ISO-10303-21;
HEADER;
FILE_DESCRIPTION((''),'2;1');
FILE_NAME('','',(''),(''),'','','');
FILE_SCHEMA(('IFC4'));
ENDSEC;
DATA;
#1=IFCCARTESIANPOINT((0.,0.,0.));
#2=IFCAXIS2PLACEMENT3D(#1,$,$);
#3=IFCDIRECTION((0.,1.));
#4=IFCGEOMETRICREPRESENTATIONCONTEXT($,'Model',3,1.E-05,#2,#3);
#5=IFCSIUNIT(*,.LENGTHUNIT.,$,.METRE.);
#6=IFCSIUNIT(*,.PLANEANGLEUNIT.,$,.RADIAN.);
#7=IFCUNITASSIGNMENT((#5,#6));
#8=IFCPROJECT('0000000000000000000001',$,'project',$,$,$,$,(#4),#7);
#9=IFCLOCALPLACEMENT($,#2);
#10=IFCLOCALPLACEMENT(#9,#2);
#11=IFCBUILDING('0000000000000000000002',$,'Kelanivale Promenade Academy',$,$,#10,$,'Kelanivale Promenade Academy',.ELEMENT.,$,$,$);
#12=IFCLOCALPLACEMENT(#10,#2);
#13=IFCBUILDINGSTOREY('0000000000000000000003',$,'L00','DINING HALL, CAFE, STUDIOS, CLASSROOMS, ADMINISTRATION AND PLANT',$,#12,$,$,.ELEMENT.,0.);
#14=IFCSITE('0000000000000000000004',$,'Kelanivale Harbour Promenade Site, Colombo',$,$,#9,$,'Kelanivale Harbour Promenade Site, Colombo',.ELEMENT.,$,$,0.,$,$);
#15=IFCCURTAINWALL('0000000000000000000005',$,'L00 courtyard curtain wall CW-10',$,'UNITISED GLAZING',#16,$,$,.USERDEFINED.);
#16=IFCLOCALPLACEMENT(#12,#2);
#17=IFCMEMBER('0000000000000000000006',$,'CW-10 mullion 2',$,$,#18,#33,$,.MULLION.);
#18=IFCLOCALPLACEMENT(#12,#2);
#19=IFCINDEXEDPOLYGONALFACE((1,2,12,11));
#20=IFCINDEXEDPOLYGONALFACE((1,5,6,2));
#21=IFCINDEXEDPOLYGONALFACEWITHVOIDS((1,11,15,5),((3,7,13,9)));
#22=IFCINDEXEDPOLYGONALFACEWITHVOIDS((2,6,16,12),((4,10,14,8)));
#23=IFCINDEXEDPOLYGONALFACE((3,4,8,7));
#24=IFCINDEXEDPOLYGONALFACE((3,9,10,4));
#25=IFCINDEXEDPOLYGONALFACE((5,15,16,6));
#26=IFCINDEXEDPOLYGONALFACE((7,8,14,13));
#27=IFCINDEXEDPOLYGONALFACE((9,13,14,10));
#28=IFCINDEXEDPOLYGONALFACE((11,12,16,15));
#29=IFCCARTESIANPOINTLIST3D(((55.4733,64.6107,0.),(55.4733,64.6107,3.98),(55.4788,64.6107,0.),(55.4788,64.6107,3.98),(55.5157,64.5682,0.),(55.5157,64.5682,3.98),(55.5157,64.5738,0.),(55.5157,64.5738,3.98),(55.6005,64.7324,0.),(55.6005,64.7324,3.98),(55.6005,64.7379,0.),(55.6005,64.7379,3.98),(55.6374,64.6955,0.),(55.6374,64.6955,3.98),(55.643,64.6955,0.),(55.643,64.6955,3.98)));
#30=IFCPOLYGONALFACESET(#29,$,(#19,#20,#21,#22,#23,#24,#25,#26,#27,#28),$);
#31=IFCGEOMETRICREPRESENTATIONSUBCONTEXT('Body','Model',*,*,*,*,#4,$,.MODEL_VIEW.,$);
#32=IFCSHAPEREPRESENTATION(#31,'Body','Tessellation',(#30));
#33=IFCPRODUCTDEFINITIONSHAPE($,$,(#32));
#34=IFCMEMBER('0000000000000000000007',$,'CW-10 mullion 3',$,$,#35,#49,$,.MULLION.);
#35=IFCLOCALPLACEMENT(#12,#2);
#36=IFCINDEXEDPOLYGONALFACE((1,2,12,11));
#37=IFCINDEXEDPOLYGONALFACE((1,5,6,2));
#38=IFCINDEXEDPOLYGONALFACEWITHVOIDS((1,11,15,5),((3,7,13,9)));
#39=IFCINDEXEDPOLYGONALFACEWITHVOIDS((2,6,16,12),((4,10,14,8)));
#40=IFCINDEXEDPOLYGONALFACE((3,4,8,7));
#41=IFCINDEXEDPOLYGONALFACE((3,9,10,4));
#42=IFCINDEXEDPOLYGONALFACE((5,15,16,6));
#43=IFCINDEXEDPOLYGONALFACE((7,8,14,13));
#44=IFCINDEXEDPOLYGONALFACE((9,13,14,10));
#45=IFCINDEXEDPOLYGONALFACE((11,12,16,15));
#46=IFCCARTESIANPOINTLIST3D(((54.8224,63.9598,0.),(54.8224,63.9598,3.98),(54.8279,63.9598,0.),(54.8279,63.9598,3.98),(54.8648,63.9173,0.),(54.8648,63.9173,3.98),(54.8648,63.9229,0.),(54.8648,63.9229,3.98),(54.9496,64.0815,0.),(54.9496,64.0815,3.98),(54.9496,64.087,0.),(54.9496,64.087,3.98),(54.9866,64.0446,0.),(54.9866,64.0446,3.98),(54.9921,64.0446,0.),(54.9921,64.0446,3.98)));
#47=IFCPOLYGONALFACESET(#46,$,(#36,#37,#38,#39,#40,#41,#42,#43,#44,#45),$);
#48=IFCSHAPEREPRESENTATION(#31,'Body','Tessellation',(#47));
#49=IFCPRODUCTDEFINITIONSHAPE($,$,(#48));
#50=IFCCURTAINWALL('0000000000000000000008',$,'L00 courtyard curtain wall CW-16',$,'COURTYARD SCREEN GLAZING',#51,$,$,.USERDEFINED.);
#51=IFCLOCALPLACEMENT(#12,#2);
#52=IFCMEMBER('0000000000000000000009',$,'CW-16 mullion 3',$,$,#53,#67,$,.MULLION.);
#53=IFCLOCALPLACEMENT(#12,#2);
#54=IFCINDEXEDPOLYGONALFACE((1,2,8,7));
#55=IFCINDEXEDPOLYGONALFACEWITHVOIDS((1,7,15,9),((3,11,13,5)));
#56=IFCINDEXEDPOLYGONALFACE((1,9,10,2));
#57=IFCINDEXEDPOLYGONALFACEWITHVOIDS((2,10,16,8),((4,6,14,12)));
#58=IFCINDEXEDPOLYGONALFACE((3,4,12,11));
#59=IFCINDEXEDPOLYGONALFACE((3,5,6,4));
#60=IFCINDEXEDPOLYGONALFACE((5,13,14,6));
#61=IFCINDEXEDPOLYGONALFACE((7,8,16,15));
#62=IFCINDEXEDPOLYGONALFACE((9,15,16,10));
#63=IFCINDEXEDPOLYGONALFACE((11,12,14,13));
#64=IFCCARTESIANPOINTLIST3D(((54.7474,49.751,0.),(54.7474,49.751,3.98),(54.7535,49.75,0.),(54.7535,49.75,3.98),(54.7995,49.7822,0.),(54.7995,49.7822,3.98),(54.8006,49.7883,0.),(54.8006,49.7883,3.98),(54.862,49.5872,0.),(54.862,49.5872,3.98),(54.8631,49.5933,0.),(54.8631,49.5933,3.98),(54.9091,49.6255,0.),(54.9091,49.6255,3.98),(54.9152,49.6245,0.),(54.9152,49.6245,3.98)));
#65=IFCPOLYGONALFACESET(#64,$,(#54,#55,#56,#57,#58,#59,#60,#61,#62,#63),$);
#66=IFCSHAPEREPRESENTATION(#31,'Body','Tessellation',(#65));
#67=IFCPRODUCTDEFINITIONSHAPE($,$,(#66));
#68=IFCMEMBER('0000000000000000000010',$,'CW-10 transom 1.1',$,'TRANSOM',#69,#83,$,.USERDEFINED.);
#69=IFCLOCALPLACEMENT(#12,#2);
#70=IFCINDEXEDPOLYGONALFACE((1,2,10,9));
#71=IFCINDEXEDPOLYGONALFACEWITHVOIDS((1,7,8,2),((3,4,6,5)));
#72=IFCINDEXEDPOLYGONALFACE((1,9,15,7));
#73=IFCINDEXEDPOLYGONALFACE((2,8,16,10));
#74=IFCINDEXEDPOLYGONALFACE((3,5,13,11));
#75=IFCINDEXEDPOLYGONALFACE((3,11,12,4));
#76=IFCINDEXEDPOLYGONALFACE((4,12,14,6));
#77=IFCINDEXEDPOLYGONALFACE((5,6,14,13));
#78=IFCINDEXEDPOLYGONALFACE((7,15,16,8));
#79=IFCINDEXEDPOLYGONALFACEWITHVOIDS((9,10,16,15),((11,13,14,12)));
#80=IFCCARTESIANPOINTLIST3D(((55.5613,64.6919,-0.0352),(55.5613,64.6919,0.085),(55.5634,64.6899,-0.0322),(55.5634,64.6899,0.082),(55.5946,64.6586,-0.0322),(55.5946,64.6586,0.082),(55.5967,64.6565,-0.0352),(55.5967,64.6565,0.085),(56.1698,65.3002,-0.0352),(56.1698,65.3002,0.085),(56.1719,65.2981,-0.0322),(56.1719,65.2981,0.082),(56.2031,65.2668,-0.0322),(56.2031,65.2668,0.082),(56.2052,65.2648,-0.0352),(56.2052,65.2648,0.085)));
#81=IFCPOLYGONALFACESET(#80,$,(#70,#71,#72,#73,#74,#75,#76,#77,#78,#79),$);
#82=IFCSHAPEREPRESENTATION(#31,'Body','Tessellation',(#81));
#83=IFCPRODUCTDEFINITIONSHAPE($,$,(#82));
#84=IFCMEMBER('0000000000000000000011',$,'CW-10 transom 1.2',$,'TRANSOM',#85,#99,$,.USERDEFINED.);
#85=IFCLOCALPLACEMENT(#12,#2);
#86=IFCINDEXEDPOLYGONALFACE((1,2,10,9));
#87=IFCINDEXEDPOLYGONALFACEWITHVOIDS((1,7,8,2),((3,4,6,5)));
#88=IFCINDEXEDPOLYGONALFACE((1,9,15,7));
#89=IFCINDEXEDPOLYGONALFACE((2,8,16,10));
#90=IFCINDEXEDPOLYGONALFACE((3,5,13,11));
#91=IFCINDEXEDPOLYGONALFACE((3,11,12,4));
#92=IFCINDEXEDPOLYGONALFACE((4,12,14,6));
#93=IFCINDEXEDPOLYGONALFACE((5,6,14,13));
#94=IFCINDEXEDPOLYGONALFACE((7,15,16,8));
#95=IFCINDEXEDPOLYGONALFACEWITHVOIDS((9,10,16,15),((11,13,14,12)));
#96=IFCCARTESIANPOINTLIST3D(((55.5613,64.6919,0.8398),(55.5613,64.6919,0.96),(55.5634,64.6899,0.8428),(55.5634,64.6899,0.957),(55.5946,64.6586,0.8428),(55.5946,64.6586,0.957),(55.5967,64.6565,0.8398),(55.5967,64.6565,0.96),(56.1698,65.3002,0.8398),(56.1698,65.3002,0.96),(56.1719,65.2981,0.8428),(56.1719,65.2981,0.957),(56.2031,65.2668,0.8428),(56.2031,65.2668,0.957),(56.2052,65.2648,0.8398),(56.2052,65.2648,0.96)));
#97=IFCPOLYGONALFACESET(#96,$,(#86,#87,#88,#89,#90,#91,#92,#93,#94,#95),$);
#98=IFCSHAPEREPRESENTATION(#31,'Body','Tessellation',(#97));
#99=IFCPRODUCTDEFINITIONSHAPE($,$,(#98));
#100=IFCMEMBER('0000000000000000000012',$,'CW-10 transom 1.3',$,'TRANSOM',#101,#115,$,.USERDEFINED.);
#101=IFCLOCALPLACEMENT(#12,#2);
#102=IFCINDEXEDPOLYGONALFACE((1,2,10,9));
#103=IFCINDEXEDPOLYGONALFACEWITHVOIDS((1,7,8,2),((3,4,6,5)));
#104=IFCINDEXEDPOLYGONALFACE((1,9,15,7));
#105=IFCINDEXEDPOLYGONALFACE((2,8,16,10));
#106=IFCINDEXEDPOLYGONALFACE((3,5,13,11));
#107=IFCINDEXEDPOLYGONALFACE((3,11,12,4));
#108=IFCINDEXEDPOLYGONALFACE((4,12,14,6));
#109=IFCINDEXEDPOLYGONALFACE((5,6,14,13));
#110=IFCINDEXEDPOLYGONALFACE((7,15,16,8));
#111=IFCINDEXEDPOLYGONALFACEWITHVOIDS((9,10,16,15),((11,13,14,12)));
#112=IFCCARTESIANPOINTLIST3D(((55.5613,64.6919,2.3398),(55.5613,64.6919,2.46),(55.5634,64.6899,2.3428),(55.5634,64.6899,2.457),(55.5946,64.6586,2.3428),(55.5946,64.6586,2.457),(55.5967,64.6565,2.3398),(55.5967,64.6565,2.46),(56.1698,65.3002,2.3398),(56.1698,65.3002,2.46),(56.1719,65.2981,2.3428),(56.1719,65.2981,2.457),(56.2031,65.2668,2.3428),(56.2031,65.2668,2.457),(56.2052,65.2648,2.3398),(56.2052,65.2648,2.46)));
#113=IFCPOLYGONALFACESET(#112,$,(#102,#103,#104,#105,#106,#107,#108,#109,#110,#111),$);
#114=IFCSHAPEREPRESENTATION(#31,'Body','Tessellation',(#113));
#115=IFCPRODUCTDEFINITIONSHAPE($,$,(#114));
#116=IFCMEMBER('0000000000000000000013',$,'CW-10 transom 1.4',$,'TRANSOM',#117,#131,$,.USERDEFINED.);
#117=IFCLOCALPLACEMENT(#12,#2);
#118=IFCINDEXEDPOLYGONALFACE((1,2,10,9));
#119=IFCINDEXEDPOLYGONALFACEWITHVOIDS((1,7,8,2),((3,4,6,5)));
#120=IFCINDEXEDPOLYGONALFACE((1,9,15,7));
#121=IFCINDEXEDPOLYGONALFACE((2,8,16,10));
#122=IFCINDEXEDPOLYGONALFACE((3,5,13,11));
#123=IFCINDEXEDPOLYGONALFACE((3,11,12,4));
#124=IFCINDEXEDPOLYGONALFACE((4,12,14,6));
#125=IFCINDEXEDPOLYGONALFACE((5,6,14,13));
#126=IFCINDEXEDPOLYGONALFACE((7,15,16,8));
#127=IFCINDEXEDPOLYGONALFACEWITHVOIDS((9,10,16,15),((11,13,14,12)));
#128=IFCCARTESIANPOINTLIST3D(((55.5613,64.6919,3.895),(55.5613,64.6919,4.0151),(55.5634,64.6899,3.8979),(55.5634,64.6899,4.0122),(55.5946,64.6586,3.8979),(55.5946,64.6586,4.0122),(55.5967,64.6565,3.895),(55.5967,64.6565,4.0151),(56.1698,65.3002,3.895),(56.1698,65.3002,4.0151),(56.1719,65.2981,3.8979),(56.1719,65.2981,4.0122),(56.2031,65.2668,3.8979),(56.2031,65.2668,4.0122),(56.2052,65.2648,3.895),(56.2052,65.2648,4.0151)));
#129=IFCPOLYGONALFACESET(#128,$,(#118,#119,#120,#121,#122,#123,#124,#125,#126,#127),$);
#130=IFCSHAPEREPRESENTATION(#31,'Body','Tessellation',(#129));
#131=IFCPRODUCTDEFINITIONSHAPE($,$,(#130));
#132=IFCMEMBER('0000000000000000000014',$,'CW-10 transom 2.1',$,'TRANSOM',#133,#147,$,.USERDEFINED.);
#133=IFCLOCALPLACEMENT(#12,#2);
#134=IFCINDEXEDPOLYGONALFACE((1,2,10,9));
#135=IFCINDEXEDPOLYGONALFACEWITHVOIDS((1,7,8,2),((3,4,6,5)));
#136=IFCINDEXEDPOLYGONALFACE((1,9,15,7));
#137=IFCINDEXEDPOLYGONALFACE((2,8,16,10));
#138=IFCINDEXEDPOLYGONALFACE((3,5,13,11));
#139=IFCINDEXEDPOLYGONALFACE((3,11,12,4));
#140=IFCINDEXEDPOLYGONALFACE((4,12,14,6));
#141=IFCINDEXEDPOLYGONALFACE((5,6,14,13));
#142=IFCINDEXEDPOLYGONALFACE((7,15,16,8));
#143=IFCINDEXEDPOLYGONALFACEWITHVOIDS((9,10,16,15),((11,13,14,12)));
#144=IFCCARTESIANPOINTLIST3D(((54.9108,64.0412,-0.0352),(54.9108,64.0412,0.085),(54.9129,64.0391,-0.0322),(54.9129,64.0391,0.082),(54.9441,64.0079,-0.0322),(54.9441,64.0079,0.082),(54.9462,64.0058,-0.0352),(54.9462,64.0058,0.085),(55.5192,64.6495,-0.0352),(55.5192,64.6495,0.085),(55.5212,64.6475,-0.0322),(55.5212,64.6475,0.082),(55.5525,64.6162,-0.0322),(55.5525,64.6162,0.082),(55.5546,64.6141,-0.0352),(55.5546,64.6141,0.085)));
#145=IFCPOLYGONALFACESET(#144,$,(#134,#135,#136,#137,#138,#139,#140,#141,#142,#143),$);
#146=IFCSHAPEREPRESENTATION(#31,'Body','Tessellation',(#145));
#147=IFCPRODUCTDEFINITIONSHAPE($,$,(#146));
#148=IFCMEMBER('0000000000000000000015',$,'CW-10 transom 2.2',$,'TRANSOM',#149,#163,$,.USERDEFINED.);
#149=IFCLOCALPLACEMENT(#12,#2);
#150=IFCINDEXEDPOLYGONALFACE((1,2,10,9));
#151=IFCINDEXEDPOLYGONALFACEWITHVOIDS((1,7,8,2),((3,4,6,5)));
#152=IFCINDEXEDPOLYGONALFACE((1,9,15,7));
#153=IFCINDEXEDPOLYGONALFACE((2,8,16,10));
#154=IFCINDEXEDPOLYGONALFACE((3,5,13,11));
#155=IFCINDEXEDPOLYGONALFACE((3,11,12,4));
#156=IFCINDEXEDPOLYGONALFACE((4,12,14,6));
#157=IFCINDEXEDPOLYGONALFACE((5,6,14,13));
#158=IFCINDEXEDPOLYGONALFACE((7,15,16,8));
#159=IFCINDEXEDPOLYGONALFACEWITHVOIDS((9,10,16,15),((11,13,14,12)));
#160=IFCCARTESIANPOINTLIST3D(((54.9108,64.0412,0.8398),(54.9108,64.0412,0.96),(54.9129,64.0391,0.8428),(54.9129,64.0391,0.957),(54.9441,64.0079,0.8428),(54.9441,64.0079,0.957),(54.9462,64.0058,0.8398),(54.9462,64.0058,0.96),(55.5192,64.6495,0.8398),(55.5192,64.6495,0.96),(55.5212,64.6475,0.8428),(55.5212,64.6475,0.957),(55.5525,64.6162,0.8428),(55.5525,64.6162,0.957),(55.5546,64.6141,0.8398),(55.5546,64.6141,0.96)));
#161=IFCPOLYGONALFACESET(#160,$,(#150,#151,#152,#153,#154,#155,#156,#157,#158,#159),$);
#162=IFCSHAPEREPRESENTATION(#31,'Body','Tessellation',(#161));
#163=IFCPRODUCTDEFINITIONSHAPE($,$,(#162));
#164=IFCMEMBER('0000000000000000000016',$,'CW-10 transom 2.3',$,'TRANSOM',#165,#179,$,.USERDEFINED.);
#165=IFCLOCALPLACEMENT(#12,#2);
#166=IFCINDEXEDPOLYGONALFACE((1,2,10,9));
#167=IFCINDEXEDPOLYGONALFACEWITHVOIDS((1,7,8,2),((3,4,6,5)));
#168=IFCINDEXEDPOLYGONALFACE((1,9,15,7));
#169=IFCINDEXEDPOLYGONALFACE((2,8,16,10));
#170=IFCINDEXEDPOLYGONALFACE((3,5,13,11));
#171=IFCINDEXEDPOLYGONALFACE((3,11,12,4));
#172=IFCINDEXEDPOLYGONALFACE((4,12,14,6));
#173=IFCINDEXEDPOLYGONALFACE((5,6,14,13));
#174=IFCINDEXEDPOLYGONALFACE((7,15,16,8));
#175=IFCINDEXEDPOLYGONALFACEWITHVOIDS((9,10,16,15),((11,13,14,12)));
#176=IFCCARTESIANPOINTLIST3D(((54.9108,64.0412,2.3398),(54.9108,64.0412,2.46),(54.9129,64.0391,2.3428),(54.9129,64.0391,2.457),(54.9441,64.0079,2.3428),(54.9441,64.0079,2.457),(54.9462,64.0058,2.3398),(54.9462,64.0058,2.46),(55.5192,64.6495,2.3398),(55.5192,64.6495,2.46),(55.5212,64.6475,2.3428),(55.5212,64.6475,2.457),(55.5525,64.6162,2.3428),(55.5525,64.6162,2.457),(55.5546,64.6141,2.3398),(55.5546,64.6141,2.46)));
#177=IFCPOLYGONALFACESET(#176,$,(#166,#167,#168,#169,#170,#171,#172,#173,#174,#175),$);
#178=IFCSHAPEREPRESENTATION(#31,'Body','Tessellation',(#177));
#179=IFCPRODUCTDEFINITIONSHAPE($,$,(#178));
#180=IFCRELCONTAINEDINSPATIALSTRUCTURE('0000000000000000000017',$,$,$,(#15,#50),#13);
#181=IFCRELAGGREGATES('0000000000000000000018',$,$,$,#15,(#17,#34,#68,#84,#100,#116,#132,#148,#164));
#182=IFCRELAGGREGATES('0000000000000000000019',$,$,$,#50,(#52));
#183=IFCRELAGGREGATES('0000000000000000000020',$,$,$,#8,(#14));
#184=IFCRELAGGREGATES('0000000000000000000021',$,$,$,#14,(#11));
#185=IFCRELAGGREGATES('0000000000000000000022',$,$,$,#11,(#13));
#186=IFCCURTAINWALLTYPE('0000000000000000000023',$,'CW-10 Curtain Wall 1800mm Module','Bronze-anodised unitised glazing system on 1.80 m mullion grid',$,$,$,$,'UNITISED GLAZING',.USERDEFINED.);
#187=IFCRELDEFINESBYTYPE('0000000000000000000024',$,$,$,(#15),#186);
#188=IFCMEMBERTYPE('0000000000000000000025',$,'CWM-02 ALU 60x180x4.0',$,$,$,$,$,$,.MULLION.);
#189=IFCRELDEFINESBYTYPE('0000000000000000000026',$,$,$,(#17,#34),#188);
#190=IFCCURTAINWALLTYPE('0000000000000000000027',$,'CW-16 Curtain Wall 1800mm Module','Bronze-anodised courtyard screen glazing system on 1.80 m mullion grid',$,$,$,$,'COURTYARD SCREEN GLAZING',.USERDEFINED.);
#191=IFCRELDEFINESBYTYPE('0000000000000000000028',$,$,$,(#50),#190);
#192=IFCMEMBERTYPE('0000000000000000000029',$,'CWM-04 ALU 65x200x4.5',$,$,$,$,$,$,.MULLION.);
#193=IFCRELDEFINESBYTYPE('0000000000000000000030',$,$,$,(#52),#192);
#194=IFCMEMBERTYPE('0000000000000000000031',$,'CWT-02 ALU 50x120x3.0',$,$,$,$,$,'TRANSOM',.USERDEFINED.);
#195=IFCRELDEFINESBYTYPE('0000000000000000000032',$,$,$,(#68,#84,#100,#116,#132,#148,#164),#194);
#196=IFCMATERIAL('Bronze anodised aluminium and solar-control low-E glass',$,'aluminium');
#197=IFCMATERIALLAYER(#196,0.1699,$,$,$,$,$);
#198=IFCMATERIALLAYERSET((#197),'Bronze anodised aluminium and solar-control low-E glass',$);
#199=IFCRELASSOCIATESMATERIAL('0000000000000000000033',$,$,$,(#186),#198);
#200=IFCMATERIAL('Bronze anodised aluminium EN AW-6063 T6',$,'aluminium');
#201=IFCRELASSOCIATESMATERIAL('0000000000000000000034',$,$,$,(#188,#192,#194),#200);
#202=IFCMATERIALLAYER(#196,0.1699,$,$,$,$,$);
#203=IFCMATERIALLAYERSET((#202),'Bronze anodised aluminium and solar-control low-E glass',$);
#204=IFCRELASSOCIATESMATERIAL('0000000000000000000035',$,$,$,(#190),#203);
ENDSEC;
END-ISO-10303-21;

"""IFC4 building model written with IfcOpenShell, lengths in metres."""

from ifc_helpers import new_model, si_unit, direction, frame, origin, origin_2d, place, context, subcontext, project, spatial, hollow_rectangle, extrude, material, layer, layer_set, material_profile, profile_set, type_object, element, aggregate, save


model = new_model("IFC4")

# Units and contexts
model_context = context("Model", 3, precision=1e-05, world=origin(), true_north=direction((0.0, 1.0)))
body_context = subcontext(model_context, "Body", "Model", "MODEL_VIEW")
ifc_project = project(units=[si_unit("LENGTHUNIT", "METRE"), si_unit("PLANEANGLEUNIT", "RADIAN")], contexts=[model_context])

# Site, building, storey
site_placement = place(None, origin())
site = spatial("IfcSite", under=ifc_project, at=site_placement, Name="Kelanivale Harbour Promenade Site, Colombo", LongName="Kelanivale Harbour Promenade Site, Colombo", CompositionType="ELEMENT", RefElevation=0.0)
building_placement = place(site_placement, origin())
building = spatial("IfcBuilding", under=site, at=building_placement, Name="Kelanivale Promenade Academy", LongName="Kelanivale Promenade Academy", CompositionType="ELEMENT")
storey_placement = place(building_placement, origin())
storey = spatial("IfcBuildingStorey", under=building, at=storey_placement, Name="L00", Description="DINING HALL, CAFE, STUDIOS, CLASSROOMS, ADMINISTRATION AND PLANT", CompositionType="ELEMENT", Elevation=0.0)

# Curtain wall, members
ifc_material_1 = material(Name="Bronze anodised aluminium and solar-control low-E glass", Category="aluminium")
ifc_layer_1 = layer(ifc_material_1, 0.1699)
ifc_layer_set_1 = layer_set([ifc_layer_1], Name="Bronze anodised aluminium and solar-control low-E glass")
curtain_wall_type_1 = type_object("IfcCurtainWallType", Name="CW-10 Curtain Wall 1800mm Module", Description="Bronze-anodised unitised glazing system on 1.80 m mullion grid", ElementType="UNITISED GLAZING", PredefinedType="USERDEFINED", material=ifc_layer_set_1)
curtain_wall_1_placement = place(storey_placement, origin())
curtain_wall_1 = element("IfcCurtainWall", 1, at=curtain_wall_1_placement, inside=storey, type_object=curtain_wall_type_1, Name="L00 courtyard curtain wall CW-10", ObjectType="UNITISED GLAZING", PredefinedType="USERDEFINED")
ifc_material_2 = material(Name="Bronze anodised aluminium EN AW-6063 T6", Category="aluminium")
ifc_material_profile_1 = material_profile(ifc_material_2, hollow_rectangle(XDim=0.0601, YDim=0.1799, WallThickness=0.0039, at=origin_2d()), Name="ALU 60x180x4.0")
ifc_profile_set_1 = profile_set([ifc_material_profile_1], Name="Bronze anodised aluminium EN AW-6063 T6")
member_type_1 = type_object("IfcMemberType", Name="CWM-02 ALU 60x180x4.0", PredefinedType="MULLION", material=ifc_profile_set_1)
member_1_placement = place(storey_placement, frame((55.5581, 64.6531, 0.0), z_axis=(0.0, 0.0, 1.0), x_axis=(0.707107, -0.707107, 0.0)))
member_1 = element("IfcMember", 2, at=member_1_placement, type_object=member_type_1, Name="CW-10 mullion 2", PredefinedType="MULLION", context=body_context, shape_type="SweptSolid", body=[
    extrude(hollow_rectangle(XDim=0.0601, YDim=0.1799, WallThickness=0.0039, at=origin_2d()), origin(), (0.0, 0.0, 1.0), 3.98),
])
member_2_placement = place(storey_placement, frame((54.9072, 64.0022, 0.0), z_axis=(0.0, 0.0, 1.0), x_axis=(0.707107, -0.707107, 0.0)))
member_2 = element("IfcMember", 3, at=member_2_placement, type_object=member_type_1, Name="CW-10 mullion 3", PredefinedType="MULLION", context=body_context, shape_type="SweptSolid", body=[
    extrude(hollow_rectangle(XDim=0.0601, YDim=0.1799, WallThickness=0.0039, at=origin_2d()), origin(), (0.0, 0.0, 1.0), 3.98),
])

# Curtain wall, member
ifc_layer_2 = layer(ifc_material_1, 0.1699)
ifc_layer_set_2 = layer_set([ifc_layer_2], Name="Bronze anodised aluminium and solar-control low-E glass")
curtain_wall_type_2 = type_object("IfcCurtainWallType", Name="CW-16 Curtain Wall 1800mm Module", Description="Bronze-anodised courtyard screen glazing system on 1.80 m mullion grid", ElementType="COURTYARD SCREEN GLAZING", PredefinedType="USERDEFINED", material=ifc_layer_set_2)
curtain_wall_2_placement = place(storey_placement, origin())
curtain_wall_2 = element("IfcCurtainWall", 4, at=curtain_wall_2_placement, inside=storey, type_object=curtain_wall_type_2, Name="L00 courtyard curtain wall CW-16", ObjectType="COURTYARD SCREEN GLAZING", PredefinedType="USERDEFINED")
ifc_material_profile_2 = material_profile(ifc_material_2, hollow_rectangle(XDim=0.0649, YDim=0.2, WallThickness=0.0044, at=origin_2d()), Name="ALU 65x200x4.5")
ifc_profile_set_2 = profile_set([ifc_material_profile_2], Name="Bronze anodised aluminium EN AW-6063 T6")
member_type_2 = type_object("IfcMemberType", Name="CWM-04 ALU 65x200x4.5", PredefinedType="MULLION", material=ifc_profile_set_2)
member_3_placement = place(storey_placement, frame((54.8313, 49.6877, 0.0), z_axis=(0.0, 0.0, 1.0), x_axis=(0.819306, 0.573357, 0.0)))
member_3 = element("IfcMember", 5, at=member_3_placement, type_object=member_type_2, Name="CW-16 mullion 3", PredefinedType="MULLION", context=body_context, shape_type="SweptSolid", body=[
    extrude(hollow_rectangle(XDim=0.0649, YDim=0.2, WallThickness=0.0044, at=origin_2d()), origin(), (0.0, 0.0, 1.0), 3.98),
])

# Members
ifc_material_profile_3 = material_profile(ifc_material_2, hollow_rectangle(XDim=0.05, YDim=0.1201, WallThickness=0.0029, at=origin_2d()), Name="ALU 50x120x3.0")
ifc_profile_set_3 = profile_set([ifc_material_profile_3], Name="Bronze anodised aluminium EN AW-6063 T6")
member_type_3 = type_object("IfcMemberType", Name="CWT-02 ALU 50x120x3.0", ElementType="TRANSOM", PredefinedType="USERDEFINED", material=ifc_profile_set_3)
member_4_placement = place(storey_placement, frame((56.1875, 65.2825, 0.0249), z_axis=(-0.707249, -0.706965, 0.0), x_axis=(0.706965, -0.707249, 0.0)))
member_4 = element("IfcMember", 6, at=member_4_placement, type_object=member_type_3, Name="CW-10 transom 1.1", ObjectType="TRANSOM", PredefinedType="USERDEFINED", context=body_context, shape_type="SweptSolid", body=[
    extrude(hollow_rectangle(XDim=0.05, YDim=0.1201, WallThickness=0.0029, at=origin_2d()), origin(), (0.0, 0.0, 1.0), 0.8604),
])
member_5_placement = place(storey_placement, frame((56.1875, 65.2825, 0.8999), z_axis=(-0.707249, -0.706965, 0.0), x_axis=(0.706965, -0.707249, 0.0)))
member_5 = element("IfcMember", 7, at=member_5_placement, type_object=member_type_3, Name="CW-10 transom 1.2", ObjectType="TRANSOM", PredefinedType="USERDEFINED", context=body_context, shape_type="SweptSolid", body=[
    extrude(hollow_rectangle(XDim=0.05, YDim=0.1201, WallThickness=0.0029, at=origin_2d()), origin(), (0.0, 0.0, 1.0), 0.8604),
])
member_6_placement = place(storey_placement, frame((56.1875, 65.2825, 2.3999), z_axis=(-0.707249, -0.706965, 0.0), x_axis=(0.706965, -0.707249, 0.0)))
member_6 = element("IfcMember", 8, at=member_6_placement, type_object=member_type_3, Name="CW-10 transom 1.3", ObjectType="TRANSOM", PredefinedType="USERDEFINED", context=body_context, shape_type="SweptSolid", body=[
    extrude(hollow_rectangle(XDim=0.05, YDim=0.1201, WallThickness=0.0029, at=origin_2d()), origin(), (0.0, 0.0, 1.0), 0.8604),
])
member_7_placement = place(storey_placement, frame((56.1875, 65.2825, 3.9551), z_axis=(-0.707249, -0.706965, 0.0), x_axis=(0.706965, -0.707249, 0.0)))
member_7 = element("IfcMember", 9, at=member_7_placement, type_object=member_type_3, Name="CW-10 transom 1.4", ObjectType="TRANSOM", PredefinedType="USERDEFINED", context=body_context, shape_type="SweptSolid", body=[
    extrude(hollow_rectangle(XDim=0.05, YDim=0.1201, WallThickness=0.0029, at=origin_2d()), origin(), (0.0, 0.0, 1.0), 0.8604),
])
member_8_placement = place(storey_placement, frame((55.5369, 64.6318, 0.0249), z_axis=(-0.707107, -0.707107, 0.0), x_axis=(0.707107, -0.707107, 0.0)))
member_8 = element("IfcMember", 10, at=member_8_placement, type_object=member_type_3, Name="CW-10 transom 2.1", ObjectType="TRANSOM", PredefinedType="USERDEFINED", context=body_context, shape_type="SweptSolid", body=[
    extrude(hollow_rectangle(XDim=0.05, YDim=0.1201, WallThickness=0.0029, at=origin_2d()), origin(), (0.0, 0.0, 1.0), 0.8604),
])
member_9_placement = place(storey_placement, frame((55.5369, 64.6318, 0.8999), z_axis=(-0.707107, -0.707107, 0.0), x_axis=(0.707107, -0.707107, 0.0)))
member_9 = element("IfcMember", 11, at=member_9_placement, type_object=member_type_3, Name="CW-10 transom 2.2", ObjectType="TRANSOM", PredefinedType="USERDEFINED", context=body_context, shape_type="SweptSolid", body=[
    extrude(hollow_rectangle(XDim=0.05, YDim=0.1201, WallThickness=0.0029, at=origin_2d()), origin(), (0.0, 0.0, 1.0), 0.8604),
])
member_10_placement = place(storey_placement, frame((55.5369, 64.6318, 2.3999), z_axis=(-0.707107, -0.707107, 0.0), x_axis=(0.707107, -0.707107, 0.0)))
member_10 = element("IfcMember", 12, at=member_10_placement, type_object=member_type_3, Name="CW-10 transom 2.3", ObjectType="TRANSOM", PredefinedType="USERDEFINED", context=body_context, shape_type="SweptSolid", body=[
    extrude(hollow_rectangle(XDim=0.05, YDim=0.1201, WallThickness=0.0029, at=origin_2d()), origin(), (0.0, 0.0, 1.0), 0.8604),
])

aggregate(curtain_wall_1, [member_1, member_2, member_4, member_5, member_6, member_7, member_8, member_9, member_10])
aggregate(curtain_wall_2, [member_3])

save(model, "model.ifc")
